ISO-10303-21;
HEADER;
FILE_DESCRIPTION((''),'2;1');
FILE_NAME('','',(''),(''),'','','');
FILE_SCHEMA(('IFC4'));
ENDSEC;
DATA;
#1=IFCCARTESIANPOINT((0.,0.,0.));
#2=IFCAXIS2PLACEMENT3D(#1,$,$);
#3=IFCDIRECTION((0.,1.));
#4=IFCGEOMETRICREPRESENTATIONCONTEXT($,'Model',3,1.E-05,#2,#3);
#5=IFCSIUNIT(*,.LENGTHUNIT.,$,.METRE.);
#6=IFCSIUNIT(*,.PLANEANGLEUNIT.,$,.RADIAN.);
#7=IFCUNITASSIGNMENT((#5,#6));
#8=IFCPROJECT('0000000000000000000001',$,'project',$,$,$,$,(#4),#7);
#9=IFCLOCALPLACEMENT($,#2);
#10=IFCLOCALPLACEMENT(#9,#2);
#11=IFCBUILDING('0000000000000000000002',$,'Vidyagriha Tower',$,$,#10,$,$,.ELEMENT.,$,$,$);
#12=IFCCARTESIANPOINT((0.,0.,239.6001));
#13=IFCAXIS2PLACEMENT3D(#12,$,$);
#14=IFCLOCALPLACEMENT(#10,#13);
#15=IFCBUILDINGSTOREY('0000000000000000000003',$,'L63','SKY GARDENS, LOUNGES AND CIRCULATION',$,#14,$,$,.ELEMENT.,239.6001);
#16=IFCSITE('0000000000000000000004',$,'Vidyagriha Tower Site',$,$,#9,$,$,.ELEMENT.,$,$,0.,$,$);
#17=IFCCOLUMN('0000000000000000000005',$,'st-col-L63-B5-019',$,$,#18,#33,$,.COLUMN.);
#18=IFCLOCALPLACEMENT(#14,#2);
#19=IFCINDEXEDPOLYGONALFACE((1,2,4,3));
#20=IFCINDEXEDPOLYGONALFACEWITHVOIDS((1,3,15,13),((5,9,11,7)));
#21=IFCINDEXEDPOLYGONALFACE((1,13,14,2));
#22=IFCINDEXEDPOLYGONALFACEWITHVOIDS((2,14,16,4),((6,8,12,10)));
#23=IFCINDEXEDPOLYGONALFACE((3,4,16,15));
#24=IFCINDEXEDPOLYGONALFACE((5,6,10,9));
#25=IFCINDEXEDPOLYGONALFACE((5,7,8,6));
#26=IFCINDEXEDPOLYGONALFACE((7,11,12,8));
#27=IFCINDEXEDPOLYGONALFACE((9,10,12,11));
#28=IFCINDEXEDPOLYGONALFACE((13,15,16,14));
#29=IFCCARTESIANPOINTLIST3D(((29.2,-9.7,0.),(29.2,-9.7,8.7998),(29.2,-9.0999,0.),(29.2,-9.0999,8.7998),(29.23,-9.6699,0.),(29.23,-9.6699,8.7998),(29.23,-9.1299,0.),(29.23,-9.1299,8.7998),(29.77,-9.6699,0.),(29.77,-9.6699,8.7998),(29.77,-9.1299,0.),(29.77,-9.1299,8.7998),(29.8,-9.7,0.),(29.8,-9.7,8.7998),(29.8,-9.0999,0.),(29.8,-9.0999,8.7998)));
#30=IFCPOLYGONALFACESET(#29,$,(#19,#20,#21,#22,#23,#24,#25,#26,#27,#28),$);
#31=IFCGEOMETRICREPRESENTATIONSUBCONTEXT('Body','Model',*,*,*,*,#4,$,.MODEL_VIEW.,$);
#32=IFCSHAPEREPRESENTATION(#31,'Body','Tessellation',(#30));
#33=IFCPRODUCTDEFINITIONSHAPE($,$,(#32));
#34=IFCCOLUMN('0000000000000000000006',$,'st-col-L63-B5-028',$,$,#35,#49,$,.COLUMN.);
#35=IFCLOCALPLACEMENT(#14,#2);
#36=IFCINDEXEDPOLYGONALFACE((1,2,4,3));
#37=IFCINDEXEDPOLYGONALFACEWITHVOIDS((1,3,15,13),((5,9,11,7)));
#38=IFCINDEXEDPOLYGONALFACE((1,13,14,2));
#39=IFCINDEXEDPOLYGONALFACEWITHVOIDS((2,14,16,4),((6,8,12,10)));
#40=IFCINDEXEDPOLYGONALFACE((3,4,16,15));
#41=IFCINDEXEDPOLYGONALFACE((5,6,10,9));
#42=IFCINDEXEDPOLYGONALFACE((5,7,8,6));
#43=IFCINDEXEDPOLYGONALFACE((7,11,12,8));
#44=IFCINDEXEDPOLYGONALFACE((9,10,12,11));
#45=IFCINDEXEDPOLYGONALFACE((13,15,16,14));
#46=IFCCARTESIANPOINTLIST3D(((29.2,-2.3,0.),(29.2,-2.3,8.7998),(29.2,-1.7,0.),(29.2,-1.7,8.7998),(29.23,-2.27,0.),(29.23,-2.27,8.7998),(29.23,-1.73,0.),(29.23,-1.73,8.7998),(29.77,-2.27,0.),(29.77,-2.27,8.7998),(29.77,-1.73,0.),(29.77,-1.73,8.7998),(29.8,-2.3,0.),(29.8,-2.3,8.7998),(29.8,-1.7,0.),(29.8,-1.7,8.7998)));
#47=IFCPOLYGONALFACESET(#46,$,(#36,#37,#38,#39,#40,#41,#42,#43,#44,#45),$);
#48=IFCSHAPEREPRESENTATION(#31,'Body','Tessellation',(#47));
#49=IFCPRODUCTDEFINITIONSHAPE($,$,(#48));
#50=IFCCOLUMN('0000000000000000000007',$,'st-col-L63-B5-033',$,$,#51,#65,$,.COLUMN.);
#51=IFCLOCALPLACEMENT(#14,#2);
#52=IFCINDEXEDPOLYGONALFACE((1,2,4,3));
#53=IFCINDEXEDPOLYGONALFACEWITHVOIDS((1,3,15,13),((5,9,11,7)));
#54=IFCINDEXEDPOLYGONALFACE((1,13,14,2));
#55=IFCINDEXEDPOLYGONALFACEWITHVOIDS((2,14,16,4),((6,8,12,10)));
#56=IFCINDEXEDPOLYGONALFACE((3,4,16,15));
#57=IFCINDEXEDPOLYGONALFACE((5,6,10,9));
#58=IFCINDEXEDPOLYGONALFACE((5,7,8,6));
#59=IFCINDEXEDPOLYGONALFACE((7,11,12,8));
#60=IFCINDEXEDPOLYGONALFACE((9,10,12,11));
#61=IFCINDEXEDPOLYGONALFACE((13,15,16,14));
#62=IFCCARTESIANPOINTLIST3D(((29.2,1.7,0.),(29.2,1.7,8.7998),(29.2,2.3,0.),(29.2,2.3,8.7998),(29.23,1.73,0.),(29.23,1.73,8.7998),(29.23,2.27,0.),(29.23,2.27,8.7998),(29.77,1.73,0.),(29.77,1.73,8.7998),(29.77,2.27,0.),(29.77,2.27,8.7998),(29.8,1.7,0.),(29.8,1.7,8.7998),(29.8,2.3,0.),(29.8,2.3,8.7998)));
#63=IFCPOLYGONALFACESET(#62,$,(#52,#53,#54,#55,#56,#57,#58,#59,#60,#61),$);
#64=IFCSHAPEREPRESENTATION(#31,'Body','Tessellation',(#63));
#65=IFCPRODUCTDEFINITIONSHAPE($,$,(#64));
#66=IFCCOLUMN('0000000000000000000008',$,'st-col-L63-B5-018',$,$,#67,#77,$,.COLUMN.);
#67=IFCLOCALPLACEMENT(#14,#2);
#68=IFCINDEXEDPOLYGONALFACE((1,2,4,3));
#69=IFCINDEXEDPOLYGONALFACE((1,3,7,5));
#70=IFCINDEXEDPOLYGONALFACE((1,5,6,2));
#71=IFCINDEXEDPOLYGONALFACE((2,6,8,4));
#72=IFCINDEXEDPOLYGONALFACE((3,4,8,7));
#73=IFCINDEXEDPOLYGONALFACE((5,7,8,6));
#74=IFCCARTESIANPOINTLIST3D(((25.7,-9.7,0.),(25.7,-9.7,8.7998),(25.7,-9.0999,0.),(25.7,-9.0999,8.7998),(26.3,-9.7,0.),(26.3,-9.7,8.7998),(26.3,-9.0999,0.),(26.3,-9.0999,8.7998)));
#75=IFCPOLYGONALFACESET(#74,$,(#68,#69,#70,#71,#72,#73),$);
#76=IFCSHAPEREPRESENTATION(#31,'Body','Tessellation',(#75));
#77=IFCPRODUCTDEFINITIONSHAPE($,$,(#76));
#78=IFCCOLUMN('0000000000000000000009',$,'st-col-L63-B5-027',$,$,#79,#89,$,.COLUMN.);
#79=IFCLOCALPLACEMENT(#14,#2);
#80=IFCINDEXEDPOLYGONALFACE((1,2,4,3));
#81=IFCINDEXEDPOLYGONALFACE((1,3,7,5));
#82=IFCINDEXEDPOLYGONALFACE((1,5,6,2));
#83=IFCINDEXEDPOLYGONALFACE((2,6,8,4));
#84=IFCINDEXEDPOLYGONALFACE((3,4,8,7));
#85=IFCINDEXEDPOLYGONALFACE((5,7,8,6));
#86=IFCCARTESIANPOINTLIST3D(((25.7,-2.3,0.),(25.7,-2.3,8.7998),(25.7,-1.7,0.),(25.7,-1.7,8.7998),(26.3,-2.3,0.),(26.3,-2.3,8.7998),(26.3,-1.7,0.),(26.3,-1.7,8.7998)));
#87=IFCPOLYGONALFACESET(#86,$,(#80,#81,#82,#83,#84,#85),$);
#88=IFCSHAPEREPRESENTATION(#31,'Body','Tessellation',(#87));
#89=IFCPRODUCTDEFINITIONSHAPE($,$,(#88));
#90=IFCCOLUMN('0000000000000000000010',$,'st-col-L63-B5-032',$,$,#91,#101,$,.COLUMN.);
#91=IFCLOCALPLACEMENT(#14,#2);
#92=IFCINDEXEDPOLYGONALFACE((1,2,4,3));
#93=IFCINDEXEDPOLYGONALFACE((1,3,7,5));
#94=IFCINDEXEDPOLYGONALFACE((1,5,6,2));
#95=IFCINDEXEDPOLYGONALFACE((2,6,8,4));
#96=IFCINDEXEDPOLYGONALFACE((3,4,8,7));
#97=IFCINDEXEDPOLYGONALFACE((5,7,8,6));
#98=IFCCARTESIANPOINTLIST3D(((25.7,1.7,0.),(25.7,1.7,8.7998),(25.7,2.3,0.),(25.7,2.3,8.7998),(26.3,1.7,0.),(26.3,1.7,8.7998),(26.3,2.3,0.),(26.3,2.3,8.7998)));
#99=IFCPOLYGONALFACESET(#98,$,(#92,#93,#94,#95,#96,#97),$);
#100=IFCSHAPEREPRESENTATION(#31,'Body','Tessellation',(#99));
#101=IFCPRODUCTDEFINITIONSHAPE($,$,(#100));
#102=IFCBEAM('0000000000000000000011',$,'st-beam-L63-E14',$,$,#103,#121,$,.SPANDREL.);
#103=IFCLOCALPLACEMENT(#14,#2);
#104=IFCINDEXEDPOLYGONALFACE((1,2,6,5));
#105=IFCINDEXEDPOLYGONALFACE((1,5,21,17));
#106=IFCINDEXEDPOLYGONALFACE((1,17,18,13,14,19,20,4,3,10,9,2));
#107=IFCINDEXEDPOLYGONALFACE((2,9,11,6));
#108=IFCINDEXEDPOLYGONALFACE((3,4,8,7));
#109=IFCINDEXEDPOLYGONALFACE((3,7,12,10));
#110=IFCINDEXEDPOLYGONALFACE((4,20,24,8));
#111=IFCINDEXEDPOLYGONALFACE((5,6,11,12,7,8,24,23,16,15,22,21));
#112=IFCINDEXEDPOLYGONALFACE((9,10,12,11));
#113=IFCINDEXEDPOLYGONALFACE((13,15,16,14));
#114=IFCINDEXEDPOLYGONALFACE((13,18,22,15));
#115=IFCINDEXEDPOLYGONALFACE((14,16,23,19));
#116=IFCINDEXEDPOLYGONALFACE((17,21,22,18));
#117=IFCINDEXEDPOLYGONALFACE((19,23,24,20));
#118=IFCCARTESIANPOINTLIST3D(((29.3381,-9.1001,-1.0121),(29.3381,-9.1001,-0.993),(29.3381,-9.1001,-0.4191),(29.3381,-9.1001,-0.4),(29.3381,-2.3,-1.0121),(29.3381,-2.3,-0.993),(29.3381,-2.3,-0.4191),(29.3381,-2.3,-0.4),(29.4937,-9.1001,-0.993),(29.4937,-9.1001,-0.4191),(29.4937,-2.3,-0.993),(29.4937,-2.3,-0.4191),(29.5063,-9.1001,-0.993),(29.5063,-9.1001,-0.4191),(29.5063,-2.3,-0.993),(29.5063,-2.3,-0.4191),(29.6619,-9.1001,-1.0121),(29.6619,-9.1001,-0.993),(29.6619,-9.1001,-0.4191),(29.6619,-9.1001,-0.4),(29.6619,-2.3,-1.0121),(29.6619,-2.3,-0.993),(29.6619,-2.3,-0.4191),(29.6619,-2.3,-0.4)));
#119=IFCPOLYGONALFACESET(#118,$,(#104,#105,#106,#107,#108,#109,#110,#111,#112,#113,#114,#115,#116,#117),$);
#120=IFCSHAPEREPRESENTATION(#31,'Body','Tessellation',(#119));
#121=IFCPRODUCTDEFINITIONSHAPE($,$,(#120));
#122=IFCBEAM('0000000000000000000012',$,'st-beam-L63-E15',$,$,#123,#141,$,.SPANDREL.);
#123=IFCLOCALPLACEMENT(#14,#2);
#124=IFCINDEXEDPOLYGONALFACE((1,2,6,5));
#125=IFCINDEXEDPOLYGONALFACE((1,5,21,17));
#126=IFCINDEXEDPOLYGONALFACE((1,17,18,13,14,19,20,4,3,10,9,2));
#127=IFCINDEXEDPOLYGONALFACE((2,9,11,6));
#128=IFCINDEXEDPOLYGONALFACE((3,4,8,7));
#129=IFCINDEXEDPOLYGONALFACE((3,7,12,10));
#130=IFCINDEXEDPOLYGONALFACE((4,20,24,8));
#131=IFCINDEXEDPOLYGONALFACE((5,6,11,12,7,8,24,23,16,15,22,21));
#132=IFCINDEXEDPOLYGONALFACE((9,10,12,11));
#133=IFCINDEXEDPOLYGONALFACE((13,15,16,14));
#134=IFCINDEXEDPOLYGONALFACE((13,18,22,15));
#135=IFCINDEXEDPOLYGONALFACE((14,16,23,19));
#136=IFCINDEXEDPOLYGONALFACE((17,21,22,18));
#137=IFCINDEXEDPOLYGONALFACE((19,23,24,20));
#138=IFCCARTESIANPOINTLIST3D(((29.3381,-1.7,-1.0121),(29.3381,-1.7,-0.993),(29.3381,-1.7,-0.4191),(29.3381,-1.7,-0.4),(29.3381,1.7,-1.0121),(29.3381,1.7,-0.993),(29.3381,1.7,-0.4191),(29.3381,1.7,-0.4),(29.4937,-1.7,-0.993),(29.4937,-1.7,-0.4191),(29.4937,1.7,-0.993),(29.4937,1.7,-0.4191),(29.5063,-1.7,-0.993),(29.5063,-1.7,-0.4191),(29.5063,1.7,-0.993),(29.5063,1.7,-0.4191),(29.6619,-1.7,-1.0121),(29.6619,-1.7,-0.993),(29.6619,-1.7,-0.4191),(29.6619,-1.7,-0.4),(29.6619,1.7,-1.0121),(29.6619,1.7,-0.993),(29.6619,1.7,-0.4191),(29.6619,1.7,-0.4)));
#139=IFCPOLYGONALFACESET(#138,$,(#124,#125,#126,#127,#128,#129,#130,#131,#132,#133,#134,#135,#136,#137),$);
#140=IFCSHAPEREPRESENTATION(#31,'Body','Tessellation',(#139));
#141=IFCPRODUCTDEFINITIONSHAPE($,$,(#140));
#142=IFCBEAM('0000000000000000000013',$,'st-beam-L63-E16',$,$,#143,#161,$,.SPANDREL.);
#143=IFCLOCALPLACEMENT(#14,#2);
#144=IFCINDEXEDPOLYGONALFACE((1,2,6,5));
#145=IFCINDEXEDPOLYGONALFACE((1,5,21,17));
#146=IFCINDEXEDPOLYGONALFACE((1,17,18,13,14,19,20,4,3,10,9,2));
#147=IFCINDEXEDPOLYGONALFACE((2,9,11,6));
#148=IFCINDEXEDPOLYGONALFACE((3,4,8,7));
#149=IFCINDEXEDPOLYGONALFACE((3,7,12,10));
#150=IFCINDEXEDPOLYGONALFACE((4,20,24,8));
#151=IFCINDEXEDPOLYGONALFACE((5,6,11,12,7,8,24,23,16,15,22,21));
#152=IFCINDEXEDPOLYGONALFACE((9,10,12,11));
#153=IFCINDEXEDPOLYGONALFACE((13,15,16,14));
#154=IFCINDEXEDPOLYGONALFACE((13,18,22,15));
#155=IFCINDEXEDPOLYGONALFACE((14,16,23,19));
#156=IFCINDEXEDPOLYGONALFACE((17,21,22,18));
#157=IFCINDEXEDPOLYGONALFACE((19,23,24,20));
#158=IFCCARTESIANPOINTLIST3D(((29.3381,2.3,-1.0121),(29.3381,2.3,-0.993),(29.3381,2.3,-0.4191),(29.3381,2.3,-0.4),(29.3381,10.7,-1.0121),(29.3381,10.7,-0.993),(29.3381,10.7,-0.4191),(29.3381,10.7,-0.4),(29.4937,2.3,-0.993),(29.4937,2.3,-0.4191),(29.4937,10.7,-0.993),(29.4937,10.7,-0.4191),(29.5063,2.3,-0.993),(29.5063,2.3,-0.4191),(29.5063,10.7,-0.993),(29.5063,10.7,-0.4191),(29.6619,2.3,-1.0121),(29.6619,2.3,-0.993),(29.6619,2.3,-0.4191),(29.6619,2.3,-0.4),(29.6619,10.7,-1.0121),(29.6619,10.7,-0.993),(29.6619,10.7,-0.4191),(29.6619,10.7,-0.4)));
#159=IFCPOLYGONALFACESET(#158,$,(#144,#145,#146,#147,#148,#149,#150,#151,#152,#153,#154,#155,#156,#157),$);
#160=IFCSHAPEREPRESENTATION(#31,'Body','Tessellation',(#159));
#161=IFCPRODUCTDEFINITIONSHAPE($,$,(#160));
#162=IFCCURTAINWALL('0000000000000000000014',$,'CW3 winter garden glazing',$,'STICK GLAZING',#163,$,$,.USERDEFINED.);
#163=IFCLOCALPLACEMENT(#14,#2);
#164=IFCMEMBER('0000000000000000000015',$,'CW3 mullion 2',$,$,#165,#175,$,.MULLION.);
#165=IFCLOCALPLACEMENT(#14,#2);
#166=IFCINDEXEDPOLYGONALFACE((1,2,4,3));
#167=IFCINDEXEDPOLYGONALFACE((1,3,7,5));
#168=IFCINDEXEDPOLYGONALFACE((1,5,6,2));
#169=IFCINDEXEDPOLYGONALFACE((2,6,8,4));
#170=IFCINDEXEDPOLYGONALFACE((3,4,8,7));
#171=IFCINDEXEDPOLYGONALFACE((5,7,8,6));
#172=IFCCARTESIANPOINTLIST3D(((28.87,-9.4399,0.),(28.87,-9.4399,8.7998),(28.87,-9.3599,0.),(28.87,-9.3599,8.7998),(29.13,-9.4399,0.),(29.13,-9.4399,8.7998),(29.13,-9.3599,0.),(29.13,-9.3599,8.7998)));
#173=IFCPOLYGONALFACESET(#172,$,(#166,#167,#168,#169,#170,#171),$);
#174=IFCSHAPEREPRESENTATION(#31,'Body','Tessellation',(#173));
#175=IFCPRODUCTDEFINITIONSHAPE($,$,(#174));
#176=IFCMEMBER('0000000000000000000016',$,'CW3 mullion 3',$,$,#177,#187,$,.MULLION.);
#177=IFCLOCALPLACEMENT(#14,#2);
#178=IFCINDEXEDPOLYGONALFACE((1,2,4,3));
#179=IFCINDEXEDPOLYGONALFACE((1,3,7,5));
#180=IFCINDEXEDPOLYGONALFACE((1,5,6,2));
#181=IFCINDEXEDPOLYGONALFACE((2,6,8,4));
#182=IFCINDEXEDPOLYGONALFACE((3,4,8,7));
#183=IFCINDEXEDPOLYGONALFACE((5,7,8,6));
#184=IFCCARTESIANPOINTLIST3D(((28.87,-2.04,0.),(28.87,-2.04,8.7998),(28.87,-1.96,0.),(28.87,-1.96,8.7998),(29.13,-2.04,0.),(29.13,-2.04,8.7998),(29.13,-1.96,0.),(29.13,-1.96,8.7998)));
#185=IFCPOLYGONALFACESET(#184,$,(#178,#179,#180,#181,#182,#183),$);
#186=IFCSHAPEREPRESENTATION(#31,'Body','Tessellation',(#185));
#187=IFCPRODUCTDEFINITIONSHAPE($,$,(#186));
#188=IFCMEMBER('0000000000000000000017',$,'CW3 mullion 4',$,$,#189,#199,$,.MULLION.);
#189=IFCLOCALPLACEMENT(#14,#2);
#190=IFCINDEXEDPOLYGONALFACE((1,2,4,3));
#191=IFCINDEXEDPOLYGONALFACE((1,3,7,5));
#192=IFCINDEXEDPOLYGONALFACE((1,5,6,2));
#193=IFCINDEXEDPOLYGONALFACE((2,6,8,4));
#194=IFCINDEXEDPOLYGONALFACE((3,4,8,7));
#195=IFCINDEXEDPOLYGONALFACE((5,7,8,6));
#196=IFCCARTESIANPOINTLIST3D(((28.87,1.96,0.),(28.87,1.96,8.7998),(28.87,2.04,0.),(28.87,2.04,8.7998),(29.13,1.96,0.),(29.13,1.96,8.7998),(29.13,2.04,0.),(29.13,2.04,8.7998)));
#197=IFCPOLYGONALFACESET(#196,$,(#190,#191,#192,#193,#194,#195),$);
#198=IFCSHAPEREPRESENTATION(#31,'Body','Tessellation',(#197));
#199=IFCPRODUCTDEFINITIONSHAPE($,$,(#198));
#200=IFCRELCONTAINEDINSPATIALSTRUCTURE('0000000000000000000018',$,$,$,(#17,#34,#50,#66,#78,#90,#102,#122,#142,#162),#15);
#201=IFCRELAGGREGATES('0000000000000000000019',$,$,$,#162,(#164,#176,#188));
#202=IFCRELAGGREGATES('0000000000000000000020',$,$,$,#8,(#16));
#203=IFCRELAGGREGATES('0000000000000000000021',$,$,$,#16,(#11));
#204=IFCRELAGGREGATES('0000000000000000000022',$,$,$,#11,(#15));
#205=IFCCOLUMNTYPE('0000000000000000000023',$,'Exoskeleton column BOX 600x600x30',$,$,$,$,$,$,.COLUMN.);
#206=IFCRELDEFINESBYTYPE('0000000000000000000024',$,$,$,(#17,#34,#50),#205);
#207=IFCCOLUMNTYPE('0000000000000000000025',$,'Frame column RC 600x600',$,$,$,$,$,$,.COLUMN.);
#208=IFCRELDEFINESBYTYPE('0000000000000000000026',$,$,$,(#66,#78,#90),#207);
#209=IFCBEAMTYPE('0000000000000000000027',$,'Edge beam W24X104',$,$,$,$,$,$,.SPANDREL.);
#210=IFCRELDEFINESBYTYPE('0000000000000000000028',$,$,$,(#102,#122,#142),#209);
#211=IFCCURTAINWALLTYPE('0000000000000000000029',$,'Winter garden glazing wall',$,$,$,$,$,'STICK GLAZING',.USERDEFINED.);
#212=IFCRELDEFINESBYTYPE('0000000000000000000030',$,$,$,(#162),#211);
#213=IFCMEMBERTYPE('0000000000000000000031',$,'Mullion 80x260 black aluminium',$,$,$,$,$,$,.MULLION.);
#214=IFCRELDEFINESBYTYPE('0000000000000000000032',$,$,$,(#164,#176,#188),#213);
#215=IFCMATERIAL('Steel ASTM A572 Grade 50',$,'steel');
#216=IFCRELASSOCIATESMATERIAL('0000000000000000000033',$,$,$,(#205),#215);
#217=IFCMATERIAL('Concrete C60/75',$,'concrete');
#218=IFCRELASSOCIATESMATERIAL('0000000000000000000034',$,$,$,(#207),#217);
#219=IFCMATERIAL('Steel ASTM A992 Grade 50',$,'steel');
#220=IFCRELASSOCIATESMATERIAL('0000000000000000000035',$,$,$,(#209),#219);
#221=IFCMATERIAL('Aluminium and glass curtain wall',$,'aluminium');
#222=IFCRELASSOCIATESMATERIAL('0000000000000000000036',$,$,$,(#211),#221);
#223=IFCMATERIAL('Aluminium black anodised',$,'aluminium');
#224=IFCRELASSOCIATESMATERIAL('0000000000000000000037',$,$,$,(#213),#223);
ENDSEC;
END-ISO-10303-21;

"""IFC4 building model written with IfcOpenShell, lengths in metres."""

from ifc_helpers import new_model, si_unit, direction, frame, origin, origin_2d, place, context, subcontext, project, spatial, rectangle, hollow_rectangle, i_section, extrude, material, material_profile, profile_set, type_object, element, aggregate, save


model = new_model("IFC4")

# Units and contexts
model_context = context("Model", 3, precision=1e-05, world=origin(), true_north=direction((0.0, 1.0)))
body_context = subcontext(model_context, "Body", "Model", "MODEL_VIEW")
ifc_project = project(units=[si_unit("LENGTHUNIT", "METRE"), si_unit("PLANEANGLEUNIT", "RADIAN")], contexts=[model_context])

# Site, building, storey
site_placement = place(None, origin())
site = spatial("IfcSite", under=ifc_project, at=site_placement, Name="Vidyagriha Tower Site", CompositionType="ELEMENT", RefElevation=0.0)
building_placement = place(site_placement, origin())
building = spatial("IfcBuilding", under=site, at=building_placement, Name="Vidyagriha Tower", CompositionType="ELEMENT")
storey_placement = place(building_placement, frame((0.0, 0.0, 239.6001)))
storey = spatial("IfcBuildingStorey", under=building, at=storey_placement, Name="L63", Description="SKY GARDENS, LOUNGES AND CIRCULATION", CompositionType="ELEMENT", Elevation=239.6001)

# Columns
ifc_material_1 = material(Name="Steel ASTM A572 Grade 50", Category="steel")
ifc_material_profile_1 = material_profile(ifc_material_1, hollow_rectangle(XDim=0.6001, YDim=0.6001, WallThickness=0.03, at=origin_2d()), Name="BOX 600x600x30")
ifc_profile_set_1 = profile_set([ifc_material_profile_1], Name="Steel ASTM A572 Grade 50")
column_type_1 = type_object("IfcColumnType", Name="Exoskeleton column BOX 600x600x30", PredefinedType="COLUMN", material=ifc_profile_set_1)
for number, where, name in (
    (1, (29.5, -9.3999, 0.0), "st-col-L63-B5-019"),
    (2, (29.5, -2.0, 0.0), "st-col-L63-B5-028"),
    (3, (29.5, 2.0, 0.0), "st-col-L63-B5-033"),
):
    element("IfcColumn", number, at=place(storey_placement, frame(where)), inside=storey, type_object=column_type_1, Name=name, PredefinedType="COLUMN", context=body_context, shape_type="SweptSolid", body=[
        extrude(hollow_rectangle(XDim=0.6001, YDim=0.6001, WallThickness=0.03, at=origin_2d()), origin(), (0.0, 0.0, 1.0), 8.7998),
    ])
ifc_material_2 = material(Name="Concrete C60/75", Category="concrete")
ifc_material_profile_2 = material_profile(ifc_material_2, rectangle(XDim=0.6001, YDim=0.6001, at=origin_2d()), Name="RC 600x600")
ifc_profile_set_2 = profile_set([ifc_material_profile_2], Name="Concrete C60/75")
column_type_2 = type_object("IfcColumnType", Name="Frame column RC 600x600", PredefinedType="COLUMN", material=ifc_profile_set_2)
for number, where, name in (
    (4, (26.0, -9.3999, 0.0), "st-col-L63-B5-018"),
    (5, (26.0, -2.0, 0.0), "st-col-L63-B5-027"),
    (6, (26.0, 2.0, 0.0), "st-col-L63-B5-032"),
):
    element("IfcColumn", number, at=place(storey_placement, frame(where)), inside=storey, type_object=column_type_2, Name=name, PredefinedType="COLUMN", context=body_context, shape_type="SweptSolid", body=[
        extrude(rectangle(XDim=0.6001, YDim=0.6001, at=origin_2d()), origin(), (0.0, 0.0, 1.0), 8.7998),
    ])

# Beams
ifc_material_3 = material(Name="Steel ASTM A992 Grade 50", Category="steel")
ifc_material_profile_3 = material_profile(ifc_material_3, i_section(OverallWidth=0.3237, OverallDepth=0.6121, WebThickness=0.0127, FlangeThickness=0.019, at=origin_2d()), Name="W24X104")
ifc_profile_set_3 = profile_set([ifc_material_profile_3], Name="Steel ASTM A992 Grade 50")
beam_type = type_object("IfcBeamType", Name="Edge beam W24X104", PredefinedType="SPANDREL", material=ifc_profile_set_3)
beam_1_placement = place(storey_placement, frame((29.5, -9.1001, -0.7061), z_axis=(0.0, 1.0, 0.0), x_axis=(-1.0, 0.0, 0.0)))
element("IfcBeam", 7, at=beam_1_placement, inside=storey, type_object=beam_type, Name="st-beam-L63-E14", PredefinedType="SPANDREL", context=body_context, shape_type="SweptSolid", body=[
    extrude(i_section(OverallWidth=0.3237, OverallDepth=0.6121, WebThickness=0.0127, FlangeThickness=0.019, at=origin_2d()), origin(), (0.0, 0.0, 1.0), 6.8),
])
beam_2_placement = place(storey_placement, frame((29.5, -1.7, -0.7061), z_axis=(0.0, 1.0, 0.0), x_axis=(-1.0, 0.0, 0.0)))
element("IfcBeam", 8, at=beam_2_placement, inside=storey, type_object=beam_type, Name="st-beam-L63-E15", PredefinedType="SPANDREL", context=body_context, shape_type="SweptSolid", body=[
    extrude(i_section(OverallWidth=0.3237, OverallDepth=0.6121, WebThickness=0.0127, FlangeThickness=0.019, at=origin_2d()), origin(), (0.0, 0.0, 1.0), 3.3999),
])
beam_3_placement = place(storey_placement, frame((29.5, 2.3, -0.7061), z_axis=(0.0, 1.0, 0.0), x_axis=(-1.0, 0.0, 0.0)))
element("IfcBeam", 9, at=beam_3_placement, inside=storey, type_object=beam_type, Name="st-beam-L63-E16", PredefinedType="SPANDREL", context=body_context, shape_type="SweptSolid", body=[
    extrude(i_section(OverallWidth=0.3237, OverallDepth=0.6121, WebThickness=0.0127, FlangeThickness=0.019, at=origin_2d()), origin(), (0.0, 0.0, 1.0), 8.3999),
])

# Curtain wall, members
ifc_material_4 = material(Name="Aluminium and glass curtain wall", Category="aluminium")
curtain_wall_type = type_object("IfcCurtainWallType", Name="Winter garden glazing wall", ElementType="STICK GLAZING", PredefinedType="USERDEFINED", material=ifc_material_4)
curtain_wall_placement = place(storey_placement, origin())
curtain_wall = element("IfcCurtainWall", 10, at=curtain_wall_placement, inside=storey, type_object=curtain_wall_type, Name="CW3 winter garden glazing", ObjectType="STICK GLAZING", PredefinedType="USERDEFINED")
ifc_material_5 = material(Name="Aluminium black anodised", Category="aluminium")
ifc_material_profile_4 = material_profile(ifc_material_5, rectangle(XDim=0.26, YDim=0.0801, at=origin_2d()), Name="Mullion 80x260 black aluminium")
ifc_profile_set_4 = profile_set([ifc_material_profile_4], Name="Aluminium black anodised")
member_type_1 = type_object("IfcMemberType", Name="Mullion 80x260 black aluminium", PredefinedType="MULLION", material=ifc_profile_set_4)
member_1_placement = place(storey_placement, frame((29.0, -9.3999, 0.0), z_axis=(0.0, 0.0, 1.0), x_axis=(-1.0, 0.0, 0.0)))
member_1 = element("IfcMember", 11, at=member_1_placement, type_object=member_type_1, Name="CW3 mullion 2", PredefinedType="MULLION", context=body_context, shape_type="SweptSolid", body=[
    extrude(rectangle(XDim=0.26, YDim=0.0801, at=origin_2d()), origin(), (0.0, 0.0, 1.0), 8.7998),
])
member_2_placement = place(storey_placement, frame((29.0, -2.0, 0.0), z_axis=(0.0, 0.0, 1.0), x_axis=(-1.0, 0.0, 0.0)))
member_2 = element("IfcMember", 12, at=member_2_placement, type_object=member_type_1, Name="CW3 mullion 3", PredefinedType="MULLION", context=body_context, shape_type="SweptSolid", body=[
    extrude(rectangle(XDim=0.26, YDim=0.0801, at=origin_2d()), origin(), (0.0, 0.0, 1.0), 8.7998),
])
member_3_placement = place(storey_placement, frame((29.0, 2.0, 0.0), z_axis=(0.0, 0.0, 1.0), x_axis=(-1.0, 0.0, 0.0)))
member_3 = element("IfcMember", 13, at=member_3_placement, type_object=member_type_1, Name="CW3 mullion 4", PredefinedType="MULLION", context=body_context, shape_type="SweptSolid", body=[
    extrude(rectangle(XDim=0.26, YDim=0.0801, at=origin_2d()), origin(), (0.0, 0.0, 1.0), 8.7998),
])
aggregate(curtain_wall, [member_1, member_2, member_3])

save(model, "model.ifc")
